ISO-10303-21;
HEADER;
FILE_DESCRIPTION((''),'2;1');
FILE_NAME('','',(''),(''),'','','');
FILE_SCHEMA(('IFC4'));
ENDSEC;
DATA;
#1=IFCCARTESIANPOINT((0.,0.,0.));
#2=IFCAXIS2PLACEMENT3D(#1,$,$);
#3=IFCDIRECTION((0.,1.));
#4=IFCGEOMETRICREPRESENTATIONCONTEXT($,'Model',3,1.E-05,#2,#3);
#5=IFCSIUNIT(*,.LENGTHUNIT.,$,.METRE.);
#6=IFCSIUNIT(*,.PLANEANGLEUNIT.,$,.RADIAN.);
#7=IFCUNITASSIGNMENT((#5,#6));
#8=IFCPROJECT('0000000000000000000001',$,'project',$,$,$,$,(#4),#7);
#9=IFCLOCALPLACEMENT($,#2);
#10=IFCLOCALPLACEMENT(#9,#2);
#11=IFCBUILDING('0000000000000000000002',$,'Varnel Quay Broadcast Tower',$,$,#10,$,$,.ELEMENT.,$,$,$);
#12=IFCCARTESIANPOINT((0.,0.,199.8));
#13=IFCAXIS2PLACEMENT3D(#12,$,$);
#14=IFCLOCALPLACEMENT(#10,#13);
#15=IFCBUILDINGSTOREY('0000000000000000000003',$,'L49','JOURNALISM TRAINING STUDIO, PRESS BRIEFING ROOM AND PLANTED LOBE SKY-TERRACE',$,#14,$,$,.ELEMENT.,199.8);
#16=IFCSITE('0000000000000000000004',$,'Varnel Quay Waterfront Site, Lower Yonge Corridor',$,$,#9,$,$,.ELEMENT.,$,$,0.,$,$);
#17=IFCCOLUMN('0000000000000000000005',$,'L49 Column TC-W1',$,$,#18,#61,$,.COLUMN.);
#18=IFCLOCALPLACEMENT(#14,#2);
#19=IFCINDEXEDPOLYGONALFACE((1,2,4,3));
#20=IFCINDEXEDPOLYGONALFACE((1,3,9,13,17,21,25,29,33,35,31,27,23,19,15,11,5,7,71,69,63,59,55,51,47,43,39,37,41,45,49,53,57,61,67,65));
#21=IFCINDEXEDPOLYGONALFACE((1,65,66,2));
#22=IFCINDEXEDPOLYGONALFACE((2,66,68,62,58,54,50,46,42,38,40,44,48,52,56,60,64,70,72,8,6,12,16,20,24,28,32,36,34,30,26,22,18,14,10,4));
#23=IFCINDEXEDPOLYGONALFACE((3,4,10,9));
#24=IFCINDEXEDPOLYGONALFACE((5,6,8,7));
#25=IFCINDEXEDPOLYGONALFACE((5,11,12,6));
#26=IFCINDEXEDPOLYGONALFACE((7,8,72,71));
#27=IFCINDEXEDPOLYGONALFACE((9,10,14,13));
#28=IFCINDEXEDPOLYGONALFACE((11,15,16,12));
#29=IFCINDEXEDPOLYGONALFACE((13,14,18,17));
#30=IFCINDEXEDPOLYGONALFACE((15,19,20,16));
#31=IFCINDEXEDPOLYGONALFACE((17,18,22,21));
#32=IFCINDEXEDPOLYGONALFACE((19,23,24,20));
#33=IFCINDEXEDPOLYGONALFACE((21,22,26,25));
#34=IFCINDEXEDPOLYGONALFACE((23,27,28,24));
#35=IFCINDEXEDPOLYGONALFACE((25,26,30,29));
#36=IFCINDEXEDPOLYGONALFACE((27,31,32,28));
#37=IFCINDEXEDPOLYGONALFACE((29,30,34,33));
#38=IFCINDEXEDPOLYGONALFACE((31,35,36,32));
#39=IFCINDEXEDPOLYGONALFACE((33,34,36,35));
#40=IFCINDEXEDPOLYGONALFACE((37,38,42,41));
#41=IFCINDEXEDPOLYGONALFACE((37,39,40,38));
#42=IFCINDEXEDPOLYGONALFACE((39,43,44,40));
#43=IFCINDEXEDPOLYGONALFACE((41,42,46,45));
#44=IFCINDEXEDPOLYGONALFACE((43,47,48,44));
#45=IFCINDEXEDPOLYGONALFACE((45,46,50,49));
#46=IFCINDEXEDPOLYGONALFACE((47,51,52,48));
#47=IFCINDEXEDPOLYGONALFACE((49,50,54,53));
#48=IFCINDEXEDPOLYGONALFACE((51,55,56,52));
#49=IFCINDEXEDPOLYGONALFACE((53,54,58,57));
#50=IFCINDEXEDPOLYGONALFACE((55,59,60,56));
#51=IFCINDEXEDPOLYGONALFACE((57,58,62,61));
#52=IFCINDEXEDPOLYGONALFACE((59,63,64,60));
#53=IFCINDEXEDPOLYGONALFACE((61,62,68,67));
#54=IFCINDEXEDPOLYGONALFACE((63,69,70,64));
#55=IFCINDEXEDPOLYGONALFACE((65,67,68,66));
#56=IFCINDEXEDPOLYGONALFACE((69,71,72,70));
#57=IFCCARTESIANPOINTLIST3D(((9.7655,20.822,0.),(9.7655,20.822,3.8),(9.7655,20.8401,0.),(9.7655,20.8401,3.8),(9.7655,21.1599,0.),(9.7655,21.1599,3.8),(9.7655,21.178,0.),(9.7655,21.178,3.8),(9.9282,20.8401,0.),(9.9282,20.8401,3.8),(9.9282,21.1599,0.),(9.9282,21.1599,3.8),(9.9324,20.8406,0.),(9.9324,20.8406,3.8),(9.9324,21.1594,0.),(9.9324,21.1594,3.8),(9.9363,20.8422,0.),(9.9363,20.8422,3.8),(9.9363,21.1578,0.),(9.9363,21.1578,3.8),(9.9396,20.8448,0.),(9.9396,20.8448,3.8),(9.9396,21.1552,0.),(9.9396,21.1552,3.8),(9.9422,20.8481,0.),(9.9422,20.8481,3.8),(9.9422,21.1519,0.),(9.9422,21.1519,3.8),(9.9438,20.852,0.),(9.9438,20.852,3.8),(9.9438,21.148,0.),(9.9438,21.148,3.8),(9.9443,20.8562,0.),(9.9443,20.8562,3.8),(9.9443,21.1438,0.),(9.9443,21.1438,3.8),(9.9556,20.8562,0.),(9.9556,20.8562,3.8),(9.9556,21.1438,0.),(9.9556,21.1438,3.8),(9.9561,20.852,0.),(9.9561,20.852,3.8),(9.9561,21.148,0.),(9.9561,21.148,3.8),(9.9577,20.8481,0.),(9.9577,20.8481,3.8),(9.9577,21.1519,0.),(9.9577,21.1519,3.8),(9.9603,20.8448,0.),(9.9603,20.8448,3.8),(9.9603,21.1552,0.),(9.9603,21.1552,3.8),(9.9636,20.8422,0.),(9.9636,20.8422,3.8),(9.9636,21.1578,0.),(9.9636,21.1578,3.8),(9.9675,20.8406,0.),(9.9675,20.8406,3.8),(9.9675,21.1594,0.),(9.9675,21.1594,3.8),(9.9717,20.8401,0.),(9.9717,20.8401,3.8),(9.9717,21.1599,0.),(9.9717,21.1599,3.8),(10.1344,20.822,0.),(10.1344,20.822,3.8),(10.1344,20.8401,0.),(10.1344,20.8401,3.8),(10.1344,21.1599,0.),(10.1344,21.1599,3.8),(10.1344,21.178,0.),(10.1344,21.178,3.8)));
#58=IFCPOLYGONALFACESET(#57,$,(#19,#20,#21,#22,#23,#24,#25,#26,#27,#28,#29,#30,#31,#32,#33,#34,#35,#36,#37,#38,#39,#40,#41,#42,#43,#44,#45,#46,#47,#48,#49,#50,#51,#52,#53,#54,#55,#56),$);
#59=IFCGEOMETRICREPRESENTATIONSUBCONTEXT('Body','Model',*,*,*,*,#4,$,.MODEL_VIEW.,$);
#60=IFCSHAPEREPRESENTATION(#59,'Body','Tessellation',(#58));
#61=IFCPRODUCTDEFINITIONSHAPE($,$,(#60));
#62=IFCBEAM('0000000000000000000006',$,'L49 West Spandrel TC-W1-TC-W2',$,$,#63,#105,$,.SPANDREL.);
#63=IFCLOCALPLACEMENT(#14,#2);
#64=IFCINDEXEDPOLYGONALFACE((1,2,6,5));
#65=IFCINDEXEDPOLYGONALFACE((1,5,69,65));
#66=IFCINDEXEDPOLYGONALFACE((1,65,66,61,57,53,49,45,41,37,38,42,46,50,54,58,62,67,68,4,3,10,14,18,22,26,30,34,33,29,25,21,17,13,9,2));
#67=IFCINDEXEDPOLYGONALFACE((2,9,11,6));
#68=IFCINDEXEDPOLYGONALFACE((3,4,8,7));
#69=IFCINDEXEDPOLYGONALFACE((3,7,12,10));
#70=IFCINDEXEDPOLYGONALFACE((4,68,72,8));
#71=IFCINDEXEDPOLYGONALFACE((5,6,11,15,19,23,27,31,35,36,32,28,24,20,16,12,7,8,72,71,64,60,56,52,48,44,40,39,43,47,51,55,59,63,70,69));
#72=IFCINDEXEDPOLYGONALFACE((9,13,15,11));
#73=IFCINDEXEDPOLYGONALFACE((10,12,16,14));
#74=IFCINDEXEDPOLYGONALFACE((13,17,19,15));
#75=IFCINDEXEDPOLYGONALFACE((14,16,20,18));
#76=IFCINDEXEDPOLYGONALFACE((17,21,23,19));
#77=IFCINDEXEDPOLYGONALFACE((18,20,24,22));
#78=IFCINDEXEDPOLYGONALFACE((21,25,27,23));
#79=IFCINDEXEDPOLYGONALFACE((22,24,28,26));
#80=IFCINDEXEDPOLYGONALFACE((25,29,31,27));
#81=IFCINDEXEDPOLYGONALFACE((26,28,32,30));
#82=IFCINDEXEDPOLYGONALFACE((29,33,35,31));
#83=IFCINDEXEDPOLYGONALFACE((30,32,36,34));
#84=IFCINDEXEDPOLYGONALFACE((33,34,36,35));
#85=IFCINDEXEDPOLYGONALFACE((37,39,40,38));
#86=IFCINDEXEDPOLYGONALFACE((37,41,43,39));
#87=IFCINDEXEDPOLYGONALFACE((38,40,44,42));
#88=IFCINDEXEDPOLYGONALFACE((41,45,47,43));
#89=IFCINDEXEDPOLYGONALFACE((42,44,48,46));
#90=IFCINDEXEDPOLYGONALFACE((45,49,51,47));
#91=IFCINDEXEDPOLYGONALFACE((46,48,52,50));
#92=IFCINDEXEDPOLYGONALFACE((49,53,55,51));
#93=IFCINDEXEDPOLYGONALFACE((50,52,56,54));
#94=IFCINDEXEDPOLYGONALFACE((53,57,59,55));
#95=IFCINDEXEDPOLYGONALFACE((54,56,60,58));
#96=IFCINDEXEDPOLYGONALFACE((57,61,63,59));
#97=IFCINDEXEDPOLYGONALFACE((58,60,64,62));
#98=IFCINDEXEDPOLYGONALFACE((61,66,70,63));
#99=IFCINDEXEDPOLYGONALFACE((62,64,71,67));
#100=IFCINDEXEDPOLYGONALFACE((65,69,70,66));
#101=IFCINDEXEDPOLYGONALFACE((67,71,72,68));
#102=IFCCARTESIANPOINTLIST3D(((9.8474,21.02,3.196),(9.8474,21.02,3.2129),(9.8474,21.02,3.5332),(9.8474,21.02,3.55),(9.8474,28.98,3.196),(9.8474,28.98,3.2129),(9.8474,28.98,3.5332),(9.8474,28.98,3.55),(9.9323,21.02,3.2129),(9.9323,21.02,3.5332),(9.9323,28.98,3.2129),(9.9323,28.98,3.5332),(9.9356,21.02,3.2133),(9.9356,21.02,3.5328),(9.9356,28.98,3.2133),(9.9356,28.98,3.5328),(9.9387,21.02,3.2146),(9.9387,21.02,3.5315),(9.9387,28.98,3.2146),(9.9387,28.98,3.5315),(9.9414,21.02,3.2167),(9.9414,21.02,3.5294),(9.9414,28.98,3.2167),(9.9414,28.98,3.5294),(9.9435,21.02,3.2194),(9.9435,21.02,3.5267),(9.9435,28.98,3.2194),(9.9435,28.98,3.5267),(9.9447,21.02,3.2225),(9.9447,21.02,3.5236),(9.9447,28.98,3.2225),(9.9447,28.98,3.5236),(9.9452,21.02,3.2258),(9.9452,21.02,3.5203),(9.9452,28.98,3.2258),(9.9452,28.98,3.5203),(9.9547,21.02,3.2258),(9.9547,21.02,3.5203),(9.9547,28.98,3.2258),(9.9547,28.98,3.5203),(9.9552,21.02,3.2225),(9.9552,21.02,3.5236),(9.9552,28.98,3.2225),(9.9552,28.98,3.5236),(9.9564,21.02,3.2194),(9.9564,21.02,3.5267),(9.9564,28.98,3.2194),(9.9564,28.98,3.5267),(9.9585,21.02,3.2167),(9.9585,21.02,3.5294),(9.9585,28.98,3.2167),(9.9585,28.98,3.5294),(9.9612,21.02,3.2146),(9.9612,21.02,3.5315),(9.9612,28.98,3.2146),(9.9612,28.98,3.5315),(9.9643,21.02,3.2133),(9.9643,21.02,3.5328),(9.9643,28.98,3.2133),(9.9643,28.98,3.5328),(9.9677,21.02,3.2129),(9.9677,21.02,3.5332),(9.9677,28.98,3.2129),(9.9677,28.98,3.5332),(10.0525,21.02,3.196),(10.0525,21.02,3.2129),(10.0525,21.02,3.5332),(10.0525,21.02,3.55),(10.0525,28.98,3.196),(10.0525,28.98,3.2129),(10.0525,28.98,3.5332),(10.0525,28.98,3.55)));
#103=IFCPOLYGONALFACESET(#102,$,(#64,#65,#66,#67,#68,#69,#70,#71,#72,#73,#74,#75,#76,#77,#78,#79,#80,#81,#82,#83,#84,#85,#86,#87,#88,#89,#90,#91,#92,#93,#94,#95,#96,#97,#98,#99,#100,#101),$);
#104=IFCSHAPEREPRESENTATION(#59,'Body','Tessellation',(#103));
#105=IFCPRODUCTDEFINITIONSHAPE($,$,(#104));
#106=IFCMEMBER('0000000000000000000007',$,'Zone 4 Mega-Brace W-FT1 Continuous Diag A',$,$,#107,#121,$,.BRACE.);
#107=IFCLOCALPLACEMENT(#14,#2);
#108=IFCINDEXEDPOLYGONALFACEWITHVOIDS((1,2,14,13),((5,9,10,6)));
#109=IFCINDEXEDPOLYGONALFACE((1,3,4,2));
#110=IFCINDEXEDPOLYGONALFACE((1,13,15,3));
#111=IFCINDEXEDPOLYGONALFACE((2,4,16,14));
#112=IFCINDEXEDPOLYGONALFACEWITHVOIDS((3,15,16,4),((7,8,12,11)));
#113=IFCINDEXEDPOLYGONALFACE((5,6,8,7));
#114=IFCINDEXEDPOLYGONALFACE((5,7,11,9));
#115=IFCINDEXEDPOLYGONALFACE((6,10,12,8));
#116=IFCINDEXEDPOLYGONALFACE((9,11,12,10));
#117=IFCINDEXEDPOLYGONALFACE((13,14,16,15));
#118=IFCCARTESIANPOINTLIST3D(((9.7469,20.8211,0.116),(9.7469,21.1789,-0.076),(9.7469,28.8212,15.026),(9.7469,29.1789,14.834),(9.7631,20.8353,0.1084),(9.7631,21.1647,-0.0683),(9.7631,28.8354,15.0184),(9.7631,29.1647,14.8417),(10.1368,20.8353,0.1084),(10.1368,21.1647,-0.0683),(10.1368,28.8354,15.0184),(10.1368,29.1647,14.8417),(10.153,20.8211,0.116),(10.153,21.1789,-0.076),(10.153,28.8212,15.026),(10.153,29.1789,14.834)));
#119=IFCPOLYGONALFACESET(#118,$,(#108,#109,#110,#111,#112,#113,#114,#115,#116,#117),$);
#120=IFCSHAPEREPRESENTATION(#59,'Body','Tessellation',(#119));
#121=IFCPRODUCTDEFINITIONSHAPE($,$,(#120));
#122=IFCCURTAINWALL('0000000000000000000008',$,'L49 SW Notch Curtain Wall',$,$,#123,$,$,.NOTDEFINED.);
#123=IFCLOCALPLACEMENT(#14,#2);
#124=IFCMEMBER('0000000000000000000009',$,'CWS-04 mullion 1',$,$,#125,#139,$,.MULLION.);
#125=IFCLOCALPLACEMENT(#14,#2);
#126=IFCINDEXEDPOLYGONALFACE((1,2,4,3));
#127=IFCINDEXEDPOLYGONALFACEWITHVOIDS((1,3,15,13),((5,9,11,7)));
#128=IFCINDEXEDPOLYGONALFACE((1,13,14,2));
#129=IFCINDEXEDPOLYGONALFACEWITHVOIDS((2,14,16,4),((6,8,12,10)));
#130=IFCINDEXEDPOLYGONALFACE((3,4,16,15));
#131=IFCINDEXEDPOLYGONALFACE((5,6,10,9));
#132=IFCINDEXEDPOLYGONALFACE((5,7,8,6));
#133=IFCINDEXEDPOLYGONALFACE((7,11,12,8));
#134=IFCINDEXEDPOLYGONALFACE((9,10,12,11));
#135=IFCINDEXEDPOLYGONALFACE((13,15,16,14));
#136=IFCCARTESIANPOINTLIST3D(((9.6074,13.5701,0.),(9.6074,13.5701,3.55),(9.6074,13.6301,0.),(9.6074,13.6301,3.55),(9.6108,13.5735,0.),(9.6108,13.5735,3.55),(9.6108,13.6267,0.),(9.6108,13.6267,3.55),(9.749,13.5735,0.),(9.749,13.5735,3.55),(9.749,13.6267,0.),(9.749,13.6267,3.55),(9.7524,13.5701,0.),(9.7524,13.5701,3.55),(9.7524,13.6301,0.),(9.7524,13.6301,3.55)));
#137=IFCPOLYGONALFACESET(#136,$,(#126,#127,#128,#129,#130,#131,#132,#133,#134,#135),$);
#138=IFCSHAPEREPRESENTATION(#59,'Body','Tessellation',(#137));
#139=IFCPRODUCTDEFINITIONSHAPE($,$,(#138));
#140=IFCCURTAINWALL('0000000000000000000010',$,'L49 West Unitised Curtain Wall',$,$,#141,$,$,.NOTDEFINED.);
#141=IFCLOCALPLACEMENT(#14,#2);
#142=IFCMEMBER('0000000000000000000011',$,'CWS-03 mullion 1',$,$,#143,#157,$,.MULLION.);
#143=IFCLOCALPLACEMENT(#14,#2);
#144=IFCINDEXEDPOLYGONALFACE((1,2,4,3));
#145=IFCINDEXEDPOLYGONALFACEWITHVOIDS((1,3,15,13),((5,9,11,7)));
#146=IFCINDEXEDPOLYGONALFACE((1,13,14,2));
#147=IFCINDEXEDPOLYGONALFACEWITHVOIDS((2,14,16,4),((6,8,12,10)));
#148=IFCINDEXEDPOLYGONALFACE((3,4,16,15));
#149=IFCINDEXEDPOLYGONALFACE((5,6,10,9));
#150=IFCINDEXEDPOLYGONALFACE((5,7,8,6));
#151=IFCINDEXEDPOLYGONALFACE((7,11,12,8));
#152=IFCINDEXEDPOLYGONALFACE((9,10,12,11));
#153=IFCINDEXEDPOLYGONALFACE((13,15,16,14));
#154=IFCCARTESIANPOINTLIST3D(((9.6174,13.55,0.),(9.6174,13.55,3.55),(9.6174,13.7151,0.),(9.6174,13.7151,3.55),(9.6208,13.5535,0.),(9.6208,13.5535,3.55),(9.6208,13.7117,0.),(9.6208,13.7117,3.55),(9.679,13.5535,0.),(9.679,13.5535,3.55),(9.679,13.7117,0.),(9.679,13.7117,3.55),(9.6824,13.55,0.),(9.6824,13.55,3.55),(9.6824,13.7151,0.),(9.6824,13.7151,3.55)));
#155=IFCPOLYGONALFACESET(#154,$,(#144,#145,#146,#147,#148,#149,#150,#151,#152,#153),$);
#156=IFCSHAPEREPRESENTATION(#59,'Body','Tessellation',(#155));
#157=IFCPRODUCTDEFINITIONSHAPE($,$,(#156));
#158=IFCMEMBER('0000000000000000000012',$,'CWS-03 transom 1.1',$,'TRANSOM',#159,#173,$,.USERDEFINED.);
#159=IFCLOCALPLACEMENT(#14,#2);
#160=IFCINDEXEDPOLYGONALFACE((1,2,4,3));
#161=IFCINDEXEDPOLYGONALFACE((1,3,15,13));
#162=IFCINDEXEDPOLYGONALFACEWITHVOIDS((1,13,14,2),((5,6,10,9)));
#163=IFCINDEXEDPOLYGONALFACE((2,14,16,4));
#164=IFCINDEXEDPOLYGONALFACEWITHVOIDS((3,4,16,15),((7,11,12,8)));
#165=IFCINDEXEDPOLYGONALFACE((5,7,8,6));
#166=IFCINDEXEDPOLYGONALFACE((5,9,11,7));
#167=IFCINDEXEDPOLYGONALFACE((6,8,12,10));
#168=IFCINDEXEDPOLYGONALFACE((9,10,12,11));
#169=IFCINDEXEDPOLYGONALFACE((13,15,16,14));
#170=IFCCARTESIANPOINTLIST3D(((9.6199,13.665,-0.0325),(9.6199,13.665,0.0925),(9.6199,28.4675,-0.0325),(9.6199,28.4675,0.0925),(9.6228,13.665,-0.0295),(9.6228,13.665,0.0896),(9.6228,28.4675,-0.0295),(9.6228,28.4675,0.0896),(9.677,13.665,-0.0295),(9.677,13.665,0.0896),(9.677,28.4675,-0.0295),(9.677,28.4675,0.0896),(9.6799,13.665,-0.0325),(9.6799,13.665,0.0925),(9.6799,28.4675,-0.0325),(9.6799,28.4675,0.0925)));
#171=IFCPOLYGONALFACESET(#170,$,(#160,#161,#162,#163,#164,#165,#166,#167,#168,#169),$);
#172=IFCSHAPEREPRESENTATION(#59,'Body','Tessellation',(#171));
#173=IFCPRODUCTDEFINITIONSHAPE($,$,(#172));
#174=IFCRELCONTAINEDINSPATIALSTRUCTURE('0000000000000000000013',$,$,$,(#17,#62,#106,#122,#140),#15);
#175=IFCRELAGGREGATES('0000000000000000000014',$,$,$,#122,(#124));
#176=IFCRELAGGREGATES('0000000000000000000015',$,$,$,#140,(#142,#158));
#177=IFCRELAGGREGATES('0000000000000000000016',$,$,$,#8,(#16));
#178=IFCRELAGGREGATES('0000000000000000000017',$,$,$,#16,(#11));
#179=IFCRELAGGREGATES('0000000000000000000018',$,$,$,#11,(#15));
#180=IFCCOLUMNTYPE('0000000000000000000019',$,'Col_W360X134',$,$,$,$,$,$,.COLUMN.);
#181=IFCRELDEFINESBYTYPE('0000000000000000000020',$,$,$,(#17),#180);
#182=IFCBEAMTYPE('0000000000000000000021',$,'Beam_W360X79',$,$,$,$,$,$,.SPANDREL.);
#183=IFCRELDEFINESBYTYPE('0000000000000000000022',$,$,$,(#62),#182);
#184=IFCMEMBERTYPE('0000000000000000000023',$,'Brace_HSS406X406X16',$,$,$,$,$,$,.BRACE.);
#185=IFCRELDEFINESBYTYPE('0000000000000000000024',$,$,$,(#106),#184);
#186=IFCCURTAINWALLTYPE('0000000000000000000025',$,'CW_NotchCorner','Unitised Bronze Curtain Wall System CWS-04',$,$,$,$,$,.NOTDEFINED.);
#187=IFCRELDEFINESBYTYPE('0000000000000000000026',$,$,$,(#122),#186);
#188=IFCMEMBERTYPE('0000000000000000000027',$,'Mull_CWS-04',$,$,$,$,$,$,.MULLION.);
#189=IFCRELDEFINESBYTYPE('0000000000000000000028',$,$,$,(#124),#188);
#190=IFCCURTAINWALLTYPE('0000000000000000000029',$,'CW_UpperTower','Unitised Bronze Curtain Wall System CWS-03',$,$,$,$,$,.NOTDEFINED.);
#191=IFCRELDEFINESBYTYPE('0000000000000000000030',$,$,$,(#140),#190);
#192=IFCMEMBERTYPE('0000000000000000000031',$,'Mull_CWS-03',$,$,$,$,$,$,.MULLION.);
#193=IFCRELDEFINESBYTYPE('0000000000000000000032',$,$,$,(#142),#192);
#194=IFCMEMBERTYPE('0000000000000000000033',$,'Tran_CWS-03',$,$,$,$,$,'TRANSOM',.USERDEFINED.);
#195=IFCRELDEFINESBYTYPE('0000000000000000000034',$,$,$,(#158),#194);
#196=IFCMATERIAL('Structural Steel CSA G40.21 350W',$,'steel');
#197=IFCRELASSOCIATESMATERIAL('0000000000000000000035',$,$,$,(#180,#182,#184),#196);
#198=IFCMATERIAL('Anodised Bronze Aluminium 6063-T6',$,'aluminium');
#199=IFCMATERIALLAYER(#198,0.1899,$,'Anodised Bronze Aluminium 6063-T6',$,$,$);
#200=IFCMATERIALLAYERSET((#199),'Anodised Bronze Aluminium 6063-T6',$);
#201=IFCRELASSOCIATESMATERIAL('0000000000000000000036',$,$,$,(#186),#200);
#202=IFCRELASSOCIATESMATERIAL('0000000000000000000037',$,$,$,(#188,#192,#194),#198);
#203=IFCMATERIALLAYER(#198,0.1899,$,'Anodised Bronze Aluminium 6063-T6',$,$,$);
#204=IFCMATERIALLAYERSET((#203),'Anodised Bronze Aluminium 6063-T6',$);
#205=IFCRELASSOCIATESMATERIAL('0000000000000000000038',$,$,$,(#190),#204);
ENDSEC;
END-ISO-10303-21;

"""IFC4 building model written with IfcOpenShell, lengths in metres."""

from ifc_helpers import new_model, si_unit, direction, frame, origin, origin_2d, place, context, subcontext, project, spatial, hollow_rectangle, i_section, extrude, source, transform, mapped, material, layer, layer_set, material_profile, profile_set, type_object, type_shapes, element, aggregate, save


model = new_model("IFC4")

# Units and contexts
model_context = context("Model", 3, precision=1e-05, world=origin(), true_north=direction((0.0, 1.0)))
body_context = subcontext(model_context, "Body", "Model", "MODEL_VIEW")
ifc_project = project(units=[si_unit("LENGTHUNIT", "METRE"), si_unit("PLANEANGLEUNIT", "RADIAN")], contexts=[model_context])

# Site, building, storey
site_placement = place(None, origin())
site = spatial("IfcSite", under=ifc_project, at=site_placement, Name="Varnel Quay Waterfront Site, Lower Yonge Corridor", CompositionType="ELEMENT", RefElevation=0.0)
building_placement = place(site_placement, origin())
building = spatial("IfcBuilding", under=site, at=building_placement, Name="Varnel Quay Broadcast Tower", CompositionType="ELEMENT")
storey_placement = place(building_placement, frame((0.0, 0.0, 199.8)))
storey = spatial("IfcBuildingStorey", under=building, at=storey_placement, Name="L49", Description="JOURNALISM TRAINING STUDIO, PRESS BRIEFING ROOM AND PLANTED LOBE SKY-TERRACE", CompositionType="ELEMENT", Elevation=199.8)

# Column
ifc_material_1 = material(Name="Structural Steel CSA G40.21 350W", Category="steel")
ifc_material_profile_1 = material_profile(ifc_material_1, i_section(OverallWidth=0.3689, OverallDepth=0.356, WebThickness=0.0112, FlangeThickness=0.0181, FilletRadius=0.0161, at=origin_2d()), Name="W360X134")
ifc_profile_set_1 = profile_set([ifc_material_profile_1], Name="Structural Steel CSA G40.21 350W")
column_type = type_object("IfcColumnType", Name="Col_W360X134", PredefinedType="COLUMN", material=ifc_profile_set_1)
shared_shape_1 = source(origin(), body_context, "Body", "SweptSolid", [
    extrude(i_section(OverallWidth=0.3689, OverallDepth=0.356, WebThickness=0.0112, FlangeThickness=0.0181, FilletRadius=0.0161, at=origin_2d()), origin(), (0.0, 0.0, 1.0), 3.8),
])
type_shapes(column_type, [shared_shape_1])
column_placement = place(storey_placement, frame((9.95, 21.0, 0.0), z_axis=(0.0, 0.0, 1.0), x_axis=(1.0, 0.0, 0.0)))
element("IfcColumn", 1, at=column_placement, inside=storey, type_object=column_type, Name="L49 Column TC-W1", PredefinedType="COLUMN", context=body_context, shape_type="MappedRepresentation", body=[
    mapped(shared_shape_1, transform((0.0, 0.0, 0.0), x_axis=(1.0, 0.0, 0.0), y_axis=(0.0, 1.0, 0.0), z_axis=(0.0, 0.0, 1.0), scale=1.0)),
])

# Beam
ifc_material_profile_2 = material_profile(ifc_material_1, i_section(OverallWidth=0.2051, OverallDepth=0.354, WebThickness=0.0095, FlangeThickness=0.0168, FilletRadius=0.0129, at=origin_2d()), Name="W360X79")
ifc_profile_set_2 = profile_set([ifc_material_profile_2], Name="Structural Steel CSA G40.21 350W")
beam_type = type_object("IfcBeamType", Name="Beam_W360X79", PredefinedType="SPANDREL", material=ifc_profile_set_2)
shared_shape_2 = source(origin(), body_context, "Body", "SweptSolid", [
    extrude(i_section(OverallWidth=0.2051, OverallDepth=0.354, WebThickness=0.0095, FlangeThickness=0.0168, FilletRadius=0.0129, at=origin_2d()), origin(), (0.0, 0.0, 1.0), 7.96),
])
type_shapes(beam_type, [shared_shape_2])
beam_placement = place(storey_placement, frame((9.95, 21.02, 3.373), z_axis=(0.0, 1.0, 0.0), x_axis=(-1.0, 0.0, 0.0)))
element("IfcBeam", 2, at=beam_placement, inside=storey, type_object=beam_type, Name="L49 West Spandrel TC-W1-TC-W2", PredefinedType="SPANDREL", context=body_context, shape_type="MappedRepresentation", body=[
    mapped(shared_shape_2, transform((0.0, 0.0, 0.0), x_axis=(1.0, 0.0, 0.0), y_axis=(0.0, 1.0, 0.0), z_axis=(0.0, 0.0, 1.0), scale=1.0)),
])

# Member
ifc_material_profile_3 = material_profile(ifc_material_1, hollow_rectangle(XDim=0.406, YDim=0.406, WallThickness=0.0161, at=origin_2d()), Name="HSS406X406X16")
ifc_profile_set_3 = profile_set([ifc_material_profile_3], Name="Structural Steel CSA G40.21 350W")
member_type_1 = type_object("IfcMemberType", Name="Brace_HSS406X406X16", PredefinedType="BRACE", material=ifc_profile_set_3)
shared_shape_3 = source(origin(), body_context, "Body", "SweptSolid", [
    extrude(hollow_rectangle(XDim=0.406, YDim=0.406, WallThickness=0.0161, at=origin_2d()), origin(), (0.0, 0.0, 1.0), 16.9207),
])
type_shapes(member_type_1, [shared_shape_3])
member_1_placement = place(storey_placement, frame((9.95, 21.0, 0.02), z_axis=(0.0, 0.472797, 0.881171), x_axis=(-1.0, 0.0, 0.0)))
element("IfcMember", 3, at=member_1_placement, inside=storey, type_object=member_type_1, Name="Zone 4 Mega-Brace W-FT1 Continuous Diag A", PredefinedType="BRACE", context=body_context, shape_type="MappedRepresentation", body=[
    mapped(shared_shape_3, transform((0.0, 0.0, 0.0), x_axis=(1.0, 0.0, 0.0), y_axis=(0.0, 1.0, 0.0), z_axis=(0.0, 0.0, 1.0), scale=1.0)),
])

# Curtain wall, member
ifc_material_2 = material(Name="Anodised Bronze Aluminium 6063-T6", Category="aluminium")
ifc_layer_1 = layer(ifc_material_2, 0.1899, Name="Anodised Bronze Aluminium 6063-T6")
ifc_layer_set_1 = layer_set([ifc_layer_1], Name="Anodised Bronze Aluminium 6063-T6")
curtain_wall_type_1 = type_object("IfcCurtainWallType", Name="CW_NotchCorner", Description="Unitised Bronze Curtain Wall System CWS-04", PredefinedType="NOTDEFINED", material=ifc_layer_set_1)
curtain_wall_1_placement = place(storey_placement, origin())
curtain_wall_1 = element("IfcCurtainWall", 4, at=curtain_wall_1_placement, inside=storey, type_object=curtain_wall_type_1, Name="L49 SW Notch Curtain Wall", PredefinedType="NOTDEFINED")
ifc_material_profile_4 = material_profile(ifc_material_2, hollow_rectangle(XDim=0.0601, YDim=0.145, WallThickness=0.0034, at=origin_2d()), Name="ALU60X145X3.5")
ifc_profile_set_4 = profile_set([ifc_material_profile_4], Name="Anodised Bronze Aluminium 6063-T6")
member_type_2 = type_object("IfcMemberType", Name="Mull_CWS-04", PredefinedType="MULLION", material=ifc_profile_set_4)
shared_shape_4 = source(origin(), body_context, "Body", "SweptSolid", [
    extrude(hollow_rectangle(XDim=0.0601, YDim=0.145, WallThickness=0.0034, at=origin_2d()), origin(), (0.0, 0.0, 1.0), 3.55),
])
type_shapes(member_type_2, [shared_shape_4])
member_2_placement = place(storey_placement, frame((9.6799, 13.6001, 0.0), z_axis=(0.0, 0.0, 1.0), x_axis=(0.0, 1.0, 0.0)))
member_2 = element("IfcMember", 5, at=member_2_placement, type_object=member_type_2, Name="CWS-04 mullion 1", PredefinedType="MULLION", context=body_context, shape_type="MappedRepresentation", body=[
    mapped(shared_shape_4, transform((0.0, 0.0, 0.0), x_axis=(1.0, 0.0, 0.0), y_axis=(0.0, 1.0, 0.0), z_axis=(0.0, 0.0, 1.0), scale=1.0)),
])

# Curtain wall, members
ifc_layer_2 = layer(ifc_material_2, 0.1899, Name="Anodised Bronze Aluminium 6063-T6")
ifc_layer_set_2 = layer_set([ifc_layer_2], Name="Anodised Bronze Aluminium 6063-T6")
curtain_wall_type_2 = type_object("IfcCurtainWallType", Name="CW_UpperTower", Description="Unitised Bronze Curtain Wall System CWS-03", PredefinedType="NOTDEFINED", material=ifc_layer_set_2)
curtain_wall_2_placement = place(storey_placement, origin())
curtain_wall_2 = element("IfcCurtainWall", 6, at=curtain_wall_2_placement, inside=storey, type_object=curtain_wall_type_2, Name="L49 West Unitised Curtain Wall", PredefinedType="NOTDEFINED")
ifc_material_profile_5 = material_profile(ifc_material_2, hollow_rectangle(XDim=0.0649, YDim=0.165, WallThickness=0.0034, at=origin_2d()), Name="ALU65X165X3.5")
ifc_profile_set_5 = profile_set([ifc_material_profile_5], Name="Anodised Bronze Aluminium 6063-T6")
member_type_3 = type_object("IfcMemberType", Name="Mull_CWS-03", PredefinedType="MULLION", material=ifc_profile_set_5)
shared_shape_5 = source(origin(), body_context, "Body", "SweptSolid", [
    extrude(hollow_rectangle(XDim=0.0649, YDim=0.165, WallThickness=0.0034, at=origin_2d()), origin(), (0.0, 0.0, 1.0), 3.55),
])
type_shapes(member_type_3, [shared_shape_5])
member_3_placement = place(storey_placement, frame((9.6499, 13.6326, 0.0), z_axis=(0.0, 0.0, 1.0), x_axis=(-1.0, 0.0, 0.0)))
member_3 = element("IfcMember", 7, at=member_3_placement, type_object=member_type_3, Name="CWS-03 mullion 1", PredefinedType="MULLION", context=body_context, shape_type="MappedRepresentation", body=[
    mapped(shared_shape_5, transform((0.0, 0.0, 0.0), x_axis=(1.0, 0.0, 0.0), y_axis=(0.0, 1.0, 0.0), z_axis=(0.0, 0.0, 1.0), scale=1.0)),
])
ifc_material_profile_6 = material_profile(ifc_material_2, hollow_rectangle(XDim=0.0601, YDim=0.125, WallThickness=0.0029, at=origin_2d()), Name="ALU60X125X3")
ifc_profile_set_6 = profile_set([ifc_material_profile_6], Name="Anodised Bronze Aluminium 6063-T6")
member_type_4 = type_object("IfcMemberType", Name="Tran_CWS-03", ElementType="TRANSOM", PredefinedType="USERDEFINED", material=ifc_profile_set_6)
shared_shape_6 = source(origin(), body_context, "Body", "SweptSolid", [
    extrude(hollow_rectangle(XDim=0.0601, YDim=0.125, WallThickness=0.0029, at=origin_2d()), origin(), (0.0, 0.0, 1.0), 14.8025),
])
type_shapes(member_type_4, [shared_shape_6])
member_4_placement = place(storey_placement, frame((9.6499, 13.665, 0.03), z_axis=(0.0, 1.0, 0.0), x_axis=(-1.0, 0.0, 0.0)))
member_4 = element("IfcMember", 8, at=member_4_placement, type_object=member_type_4, Name="CWS-03 transom 1.1", ObjectType="TRANSOM", PredefinedType="USERDEFINED", context=body_context, shape_type="MappedRepresentation", body=[
    mapped(shared_shape_6, transform((0.0, 0.0, 0.0), x_axis=(1.0, 0.0, 0.0), y_axis=(0.0, 1.0, 0.0), z_axis=(0.0, 0.0, 1.0), scale=1.0)),
])

aggregate(curtain_wall_1, [member_2])

aggregate(curtain_wall_2, [member_3, member_4])

save(model, "model.ifc")
